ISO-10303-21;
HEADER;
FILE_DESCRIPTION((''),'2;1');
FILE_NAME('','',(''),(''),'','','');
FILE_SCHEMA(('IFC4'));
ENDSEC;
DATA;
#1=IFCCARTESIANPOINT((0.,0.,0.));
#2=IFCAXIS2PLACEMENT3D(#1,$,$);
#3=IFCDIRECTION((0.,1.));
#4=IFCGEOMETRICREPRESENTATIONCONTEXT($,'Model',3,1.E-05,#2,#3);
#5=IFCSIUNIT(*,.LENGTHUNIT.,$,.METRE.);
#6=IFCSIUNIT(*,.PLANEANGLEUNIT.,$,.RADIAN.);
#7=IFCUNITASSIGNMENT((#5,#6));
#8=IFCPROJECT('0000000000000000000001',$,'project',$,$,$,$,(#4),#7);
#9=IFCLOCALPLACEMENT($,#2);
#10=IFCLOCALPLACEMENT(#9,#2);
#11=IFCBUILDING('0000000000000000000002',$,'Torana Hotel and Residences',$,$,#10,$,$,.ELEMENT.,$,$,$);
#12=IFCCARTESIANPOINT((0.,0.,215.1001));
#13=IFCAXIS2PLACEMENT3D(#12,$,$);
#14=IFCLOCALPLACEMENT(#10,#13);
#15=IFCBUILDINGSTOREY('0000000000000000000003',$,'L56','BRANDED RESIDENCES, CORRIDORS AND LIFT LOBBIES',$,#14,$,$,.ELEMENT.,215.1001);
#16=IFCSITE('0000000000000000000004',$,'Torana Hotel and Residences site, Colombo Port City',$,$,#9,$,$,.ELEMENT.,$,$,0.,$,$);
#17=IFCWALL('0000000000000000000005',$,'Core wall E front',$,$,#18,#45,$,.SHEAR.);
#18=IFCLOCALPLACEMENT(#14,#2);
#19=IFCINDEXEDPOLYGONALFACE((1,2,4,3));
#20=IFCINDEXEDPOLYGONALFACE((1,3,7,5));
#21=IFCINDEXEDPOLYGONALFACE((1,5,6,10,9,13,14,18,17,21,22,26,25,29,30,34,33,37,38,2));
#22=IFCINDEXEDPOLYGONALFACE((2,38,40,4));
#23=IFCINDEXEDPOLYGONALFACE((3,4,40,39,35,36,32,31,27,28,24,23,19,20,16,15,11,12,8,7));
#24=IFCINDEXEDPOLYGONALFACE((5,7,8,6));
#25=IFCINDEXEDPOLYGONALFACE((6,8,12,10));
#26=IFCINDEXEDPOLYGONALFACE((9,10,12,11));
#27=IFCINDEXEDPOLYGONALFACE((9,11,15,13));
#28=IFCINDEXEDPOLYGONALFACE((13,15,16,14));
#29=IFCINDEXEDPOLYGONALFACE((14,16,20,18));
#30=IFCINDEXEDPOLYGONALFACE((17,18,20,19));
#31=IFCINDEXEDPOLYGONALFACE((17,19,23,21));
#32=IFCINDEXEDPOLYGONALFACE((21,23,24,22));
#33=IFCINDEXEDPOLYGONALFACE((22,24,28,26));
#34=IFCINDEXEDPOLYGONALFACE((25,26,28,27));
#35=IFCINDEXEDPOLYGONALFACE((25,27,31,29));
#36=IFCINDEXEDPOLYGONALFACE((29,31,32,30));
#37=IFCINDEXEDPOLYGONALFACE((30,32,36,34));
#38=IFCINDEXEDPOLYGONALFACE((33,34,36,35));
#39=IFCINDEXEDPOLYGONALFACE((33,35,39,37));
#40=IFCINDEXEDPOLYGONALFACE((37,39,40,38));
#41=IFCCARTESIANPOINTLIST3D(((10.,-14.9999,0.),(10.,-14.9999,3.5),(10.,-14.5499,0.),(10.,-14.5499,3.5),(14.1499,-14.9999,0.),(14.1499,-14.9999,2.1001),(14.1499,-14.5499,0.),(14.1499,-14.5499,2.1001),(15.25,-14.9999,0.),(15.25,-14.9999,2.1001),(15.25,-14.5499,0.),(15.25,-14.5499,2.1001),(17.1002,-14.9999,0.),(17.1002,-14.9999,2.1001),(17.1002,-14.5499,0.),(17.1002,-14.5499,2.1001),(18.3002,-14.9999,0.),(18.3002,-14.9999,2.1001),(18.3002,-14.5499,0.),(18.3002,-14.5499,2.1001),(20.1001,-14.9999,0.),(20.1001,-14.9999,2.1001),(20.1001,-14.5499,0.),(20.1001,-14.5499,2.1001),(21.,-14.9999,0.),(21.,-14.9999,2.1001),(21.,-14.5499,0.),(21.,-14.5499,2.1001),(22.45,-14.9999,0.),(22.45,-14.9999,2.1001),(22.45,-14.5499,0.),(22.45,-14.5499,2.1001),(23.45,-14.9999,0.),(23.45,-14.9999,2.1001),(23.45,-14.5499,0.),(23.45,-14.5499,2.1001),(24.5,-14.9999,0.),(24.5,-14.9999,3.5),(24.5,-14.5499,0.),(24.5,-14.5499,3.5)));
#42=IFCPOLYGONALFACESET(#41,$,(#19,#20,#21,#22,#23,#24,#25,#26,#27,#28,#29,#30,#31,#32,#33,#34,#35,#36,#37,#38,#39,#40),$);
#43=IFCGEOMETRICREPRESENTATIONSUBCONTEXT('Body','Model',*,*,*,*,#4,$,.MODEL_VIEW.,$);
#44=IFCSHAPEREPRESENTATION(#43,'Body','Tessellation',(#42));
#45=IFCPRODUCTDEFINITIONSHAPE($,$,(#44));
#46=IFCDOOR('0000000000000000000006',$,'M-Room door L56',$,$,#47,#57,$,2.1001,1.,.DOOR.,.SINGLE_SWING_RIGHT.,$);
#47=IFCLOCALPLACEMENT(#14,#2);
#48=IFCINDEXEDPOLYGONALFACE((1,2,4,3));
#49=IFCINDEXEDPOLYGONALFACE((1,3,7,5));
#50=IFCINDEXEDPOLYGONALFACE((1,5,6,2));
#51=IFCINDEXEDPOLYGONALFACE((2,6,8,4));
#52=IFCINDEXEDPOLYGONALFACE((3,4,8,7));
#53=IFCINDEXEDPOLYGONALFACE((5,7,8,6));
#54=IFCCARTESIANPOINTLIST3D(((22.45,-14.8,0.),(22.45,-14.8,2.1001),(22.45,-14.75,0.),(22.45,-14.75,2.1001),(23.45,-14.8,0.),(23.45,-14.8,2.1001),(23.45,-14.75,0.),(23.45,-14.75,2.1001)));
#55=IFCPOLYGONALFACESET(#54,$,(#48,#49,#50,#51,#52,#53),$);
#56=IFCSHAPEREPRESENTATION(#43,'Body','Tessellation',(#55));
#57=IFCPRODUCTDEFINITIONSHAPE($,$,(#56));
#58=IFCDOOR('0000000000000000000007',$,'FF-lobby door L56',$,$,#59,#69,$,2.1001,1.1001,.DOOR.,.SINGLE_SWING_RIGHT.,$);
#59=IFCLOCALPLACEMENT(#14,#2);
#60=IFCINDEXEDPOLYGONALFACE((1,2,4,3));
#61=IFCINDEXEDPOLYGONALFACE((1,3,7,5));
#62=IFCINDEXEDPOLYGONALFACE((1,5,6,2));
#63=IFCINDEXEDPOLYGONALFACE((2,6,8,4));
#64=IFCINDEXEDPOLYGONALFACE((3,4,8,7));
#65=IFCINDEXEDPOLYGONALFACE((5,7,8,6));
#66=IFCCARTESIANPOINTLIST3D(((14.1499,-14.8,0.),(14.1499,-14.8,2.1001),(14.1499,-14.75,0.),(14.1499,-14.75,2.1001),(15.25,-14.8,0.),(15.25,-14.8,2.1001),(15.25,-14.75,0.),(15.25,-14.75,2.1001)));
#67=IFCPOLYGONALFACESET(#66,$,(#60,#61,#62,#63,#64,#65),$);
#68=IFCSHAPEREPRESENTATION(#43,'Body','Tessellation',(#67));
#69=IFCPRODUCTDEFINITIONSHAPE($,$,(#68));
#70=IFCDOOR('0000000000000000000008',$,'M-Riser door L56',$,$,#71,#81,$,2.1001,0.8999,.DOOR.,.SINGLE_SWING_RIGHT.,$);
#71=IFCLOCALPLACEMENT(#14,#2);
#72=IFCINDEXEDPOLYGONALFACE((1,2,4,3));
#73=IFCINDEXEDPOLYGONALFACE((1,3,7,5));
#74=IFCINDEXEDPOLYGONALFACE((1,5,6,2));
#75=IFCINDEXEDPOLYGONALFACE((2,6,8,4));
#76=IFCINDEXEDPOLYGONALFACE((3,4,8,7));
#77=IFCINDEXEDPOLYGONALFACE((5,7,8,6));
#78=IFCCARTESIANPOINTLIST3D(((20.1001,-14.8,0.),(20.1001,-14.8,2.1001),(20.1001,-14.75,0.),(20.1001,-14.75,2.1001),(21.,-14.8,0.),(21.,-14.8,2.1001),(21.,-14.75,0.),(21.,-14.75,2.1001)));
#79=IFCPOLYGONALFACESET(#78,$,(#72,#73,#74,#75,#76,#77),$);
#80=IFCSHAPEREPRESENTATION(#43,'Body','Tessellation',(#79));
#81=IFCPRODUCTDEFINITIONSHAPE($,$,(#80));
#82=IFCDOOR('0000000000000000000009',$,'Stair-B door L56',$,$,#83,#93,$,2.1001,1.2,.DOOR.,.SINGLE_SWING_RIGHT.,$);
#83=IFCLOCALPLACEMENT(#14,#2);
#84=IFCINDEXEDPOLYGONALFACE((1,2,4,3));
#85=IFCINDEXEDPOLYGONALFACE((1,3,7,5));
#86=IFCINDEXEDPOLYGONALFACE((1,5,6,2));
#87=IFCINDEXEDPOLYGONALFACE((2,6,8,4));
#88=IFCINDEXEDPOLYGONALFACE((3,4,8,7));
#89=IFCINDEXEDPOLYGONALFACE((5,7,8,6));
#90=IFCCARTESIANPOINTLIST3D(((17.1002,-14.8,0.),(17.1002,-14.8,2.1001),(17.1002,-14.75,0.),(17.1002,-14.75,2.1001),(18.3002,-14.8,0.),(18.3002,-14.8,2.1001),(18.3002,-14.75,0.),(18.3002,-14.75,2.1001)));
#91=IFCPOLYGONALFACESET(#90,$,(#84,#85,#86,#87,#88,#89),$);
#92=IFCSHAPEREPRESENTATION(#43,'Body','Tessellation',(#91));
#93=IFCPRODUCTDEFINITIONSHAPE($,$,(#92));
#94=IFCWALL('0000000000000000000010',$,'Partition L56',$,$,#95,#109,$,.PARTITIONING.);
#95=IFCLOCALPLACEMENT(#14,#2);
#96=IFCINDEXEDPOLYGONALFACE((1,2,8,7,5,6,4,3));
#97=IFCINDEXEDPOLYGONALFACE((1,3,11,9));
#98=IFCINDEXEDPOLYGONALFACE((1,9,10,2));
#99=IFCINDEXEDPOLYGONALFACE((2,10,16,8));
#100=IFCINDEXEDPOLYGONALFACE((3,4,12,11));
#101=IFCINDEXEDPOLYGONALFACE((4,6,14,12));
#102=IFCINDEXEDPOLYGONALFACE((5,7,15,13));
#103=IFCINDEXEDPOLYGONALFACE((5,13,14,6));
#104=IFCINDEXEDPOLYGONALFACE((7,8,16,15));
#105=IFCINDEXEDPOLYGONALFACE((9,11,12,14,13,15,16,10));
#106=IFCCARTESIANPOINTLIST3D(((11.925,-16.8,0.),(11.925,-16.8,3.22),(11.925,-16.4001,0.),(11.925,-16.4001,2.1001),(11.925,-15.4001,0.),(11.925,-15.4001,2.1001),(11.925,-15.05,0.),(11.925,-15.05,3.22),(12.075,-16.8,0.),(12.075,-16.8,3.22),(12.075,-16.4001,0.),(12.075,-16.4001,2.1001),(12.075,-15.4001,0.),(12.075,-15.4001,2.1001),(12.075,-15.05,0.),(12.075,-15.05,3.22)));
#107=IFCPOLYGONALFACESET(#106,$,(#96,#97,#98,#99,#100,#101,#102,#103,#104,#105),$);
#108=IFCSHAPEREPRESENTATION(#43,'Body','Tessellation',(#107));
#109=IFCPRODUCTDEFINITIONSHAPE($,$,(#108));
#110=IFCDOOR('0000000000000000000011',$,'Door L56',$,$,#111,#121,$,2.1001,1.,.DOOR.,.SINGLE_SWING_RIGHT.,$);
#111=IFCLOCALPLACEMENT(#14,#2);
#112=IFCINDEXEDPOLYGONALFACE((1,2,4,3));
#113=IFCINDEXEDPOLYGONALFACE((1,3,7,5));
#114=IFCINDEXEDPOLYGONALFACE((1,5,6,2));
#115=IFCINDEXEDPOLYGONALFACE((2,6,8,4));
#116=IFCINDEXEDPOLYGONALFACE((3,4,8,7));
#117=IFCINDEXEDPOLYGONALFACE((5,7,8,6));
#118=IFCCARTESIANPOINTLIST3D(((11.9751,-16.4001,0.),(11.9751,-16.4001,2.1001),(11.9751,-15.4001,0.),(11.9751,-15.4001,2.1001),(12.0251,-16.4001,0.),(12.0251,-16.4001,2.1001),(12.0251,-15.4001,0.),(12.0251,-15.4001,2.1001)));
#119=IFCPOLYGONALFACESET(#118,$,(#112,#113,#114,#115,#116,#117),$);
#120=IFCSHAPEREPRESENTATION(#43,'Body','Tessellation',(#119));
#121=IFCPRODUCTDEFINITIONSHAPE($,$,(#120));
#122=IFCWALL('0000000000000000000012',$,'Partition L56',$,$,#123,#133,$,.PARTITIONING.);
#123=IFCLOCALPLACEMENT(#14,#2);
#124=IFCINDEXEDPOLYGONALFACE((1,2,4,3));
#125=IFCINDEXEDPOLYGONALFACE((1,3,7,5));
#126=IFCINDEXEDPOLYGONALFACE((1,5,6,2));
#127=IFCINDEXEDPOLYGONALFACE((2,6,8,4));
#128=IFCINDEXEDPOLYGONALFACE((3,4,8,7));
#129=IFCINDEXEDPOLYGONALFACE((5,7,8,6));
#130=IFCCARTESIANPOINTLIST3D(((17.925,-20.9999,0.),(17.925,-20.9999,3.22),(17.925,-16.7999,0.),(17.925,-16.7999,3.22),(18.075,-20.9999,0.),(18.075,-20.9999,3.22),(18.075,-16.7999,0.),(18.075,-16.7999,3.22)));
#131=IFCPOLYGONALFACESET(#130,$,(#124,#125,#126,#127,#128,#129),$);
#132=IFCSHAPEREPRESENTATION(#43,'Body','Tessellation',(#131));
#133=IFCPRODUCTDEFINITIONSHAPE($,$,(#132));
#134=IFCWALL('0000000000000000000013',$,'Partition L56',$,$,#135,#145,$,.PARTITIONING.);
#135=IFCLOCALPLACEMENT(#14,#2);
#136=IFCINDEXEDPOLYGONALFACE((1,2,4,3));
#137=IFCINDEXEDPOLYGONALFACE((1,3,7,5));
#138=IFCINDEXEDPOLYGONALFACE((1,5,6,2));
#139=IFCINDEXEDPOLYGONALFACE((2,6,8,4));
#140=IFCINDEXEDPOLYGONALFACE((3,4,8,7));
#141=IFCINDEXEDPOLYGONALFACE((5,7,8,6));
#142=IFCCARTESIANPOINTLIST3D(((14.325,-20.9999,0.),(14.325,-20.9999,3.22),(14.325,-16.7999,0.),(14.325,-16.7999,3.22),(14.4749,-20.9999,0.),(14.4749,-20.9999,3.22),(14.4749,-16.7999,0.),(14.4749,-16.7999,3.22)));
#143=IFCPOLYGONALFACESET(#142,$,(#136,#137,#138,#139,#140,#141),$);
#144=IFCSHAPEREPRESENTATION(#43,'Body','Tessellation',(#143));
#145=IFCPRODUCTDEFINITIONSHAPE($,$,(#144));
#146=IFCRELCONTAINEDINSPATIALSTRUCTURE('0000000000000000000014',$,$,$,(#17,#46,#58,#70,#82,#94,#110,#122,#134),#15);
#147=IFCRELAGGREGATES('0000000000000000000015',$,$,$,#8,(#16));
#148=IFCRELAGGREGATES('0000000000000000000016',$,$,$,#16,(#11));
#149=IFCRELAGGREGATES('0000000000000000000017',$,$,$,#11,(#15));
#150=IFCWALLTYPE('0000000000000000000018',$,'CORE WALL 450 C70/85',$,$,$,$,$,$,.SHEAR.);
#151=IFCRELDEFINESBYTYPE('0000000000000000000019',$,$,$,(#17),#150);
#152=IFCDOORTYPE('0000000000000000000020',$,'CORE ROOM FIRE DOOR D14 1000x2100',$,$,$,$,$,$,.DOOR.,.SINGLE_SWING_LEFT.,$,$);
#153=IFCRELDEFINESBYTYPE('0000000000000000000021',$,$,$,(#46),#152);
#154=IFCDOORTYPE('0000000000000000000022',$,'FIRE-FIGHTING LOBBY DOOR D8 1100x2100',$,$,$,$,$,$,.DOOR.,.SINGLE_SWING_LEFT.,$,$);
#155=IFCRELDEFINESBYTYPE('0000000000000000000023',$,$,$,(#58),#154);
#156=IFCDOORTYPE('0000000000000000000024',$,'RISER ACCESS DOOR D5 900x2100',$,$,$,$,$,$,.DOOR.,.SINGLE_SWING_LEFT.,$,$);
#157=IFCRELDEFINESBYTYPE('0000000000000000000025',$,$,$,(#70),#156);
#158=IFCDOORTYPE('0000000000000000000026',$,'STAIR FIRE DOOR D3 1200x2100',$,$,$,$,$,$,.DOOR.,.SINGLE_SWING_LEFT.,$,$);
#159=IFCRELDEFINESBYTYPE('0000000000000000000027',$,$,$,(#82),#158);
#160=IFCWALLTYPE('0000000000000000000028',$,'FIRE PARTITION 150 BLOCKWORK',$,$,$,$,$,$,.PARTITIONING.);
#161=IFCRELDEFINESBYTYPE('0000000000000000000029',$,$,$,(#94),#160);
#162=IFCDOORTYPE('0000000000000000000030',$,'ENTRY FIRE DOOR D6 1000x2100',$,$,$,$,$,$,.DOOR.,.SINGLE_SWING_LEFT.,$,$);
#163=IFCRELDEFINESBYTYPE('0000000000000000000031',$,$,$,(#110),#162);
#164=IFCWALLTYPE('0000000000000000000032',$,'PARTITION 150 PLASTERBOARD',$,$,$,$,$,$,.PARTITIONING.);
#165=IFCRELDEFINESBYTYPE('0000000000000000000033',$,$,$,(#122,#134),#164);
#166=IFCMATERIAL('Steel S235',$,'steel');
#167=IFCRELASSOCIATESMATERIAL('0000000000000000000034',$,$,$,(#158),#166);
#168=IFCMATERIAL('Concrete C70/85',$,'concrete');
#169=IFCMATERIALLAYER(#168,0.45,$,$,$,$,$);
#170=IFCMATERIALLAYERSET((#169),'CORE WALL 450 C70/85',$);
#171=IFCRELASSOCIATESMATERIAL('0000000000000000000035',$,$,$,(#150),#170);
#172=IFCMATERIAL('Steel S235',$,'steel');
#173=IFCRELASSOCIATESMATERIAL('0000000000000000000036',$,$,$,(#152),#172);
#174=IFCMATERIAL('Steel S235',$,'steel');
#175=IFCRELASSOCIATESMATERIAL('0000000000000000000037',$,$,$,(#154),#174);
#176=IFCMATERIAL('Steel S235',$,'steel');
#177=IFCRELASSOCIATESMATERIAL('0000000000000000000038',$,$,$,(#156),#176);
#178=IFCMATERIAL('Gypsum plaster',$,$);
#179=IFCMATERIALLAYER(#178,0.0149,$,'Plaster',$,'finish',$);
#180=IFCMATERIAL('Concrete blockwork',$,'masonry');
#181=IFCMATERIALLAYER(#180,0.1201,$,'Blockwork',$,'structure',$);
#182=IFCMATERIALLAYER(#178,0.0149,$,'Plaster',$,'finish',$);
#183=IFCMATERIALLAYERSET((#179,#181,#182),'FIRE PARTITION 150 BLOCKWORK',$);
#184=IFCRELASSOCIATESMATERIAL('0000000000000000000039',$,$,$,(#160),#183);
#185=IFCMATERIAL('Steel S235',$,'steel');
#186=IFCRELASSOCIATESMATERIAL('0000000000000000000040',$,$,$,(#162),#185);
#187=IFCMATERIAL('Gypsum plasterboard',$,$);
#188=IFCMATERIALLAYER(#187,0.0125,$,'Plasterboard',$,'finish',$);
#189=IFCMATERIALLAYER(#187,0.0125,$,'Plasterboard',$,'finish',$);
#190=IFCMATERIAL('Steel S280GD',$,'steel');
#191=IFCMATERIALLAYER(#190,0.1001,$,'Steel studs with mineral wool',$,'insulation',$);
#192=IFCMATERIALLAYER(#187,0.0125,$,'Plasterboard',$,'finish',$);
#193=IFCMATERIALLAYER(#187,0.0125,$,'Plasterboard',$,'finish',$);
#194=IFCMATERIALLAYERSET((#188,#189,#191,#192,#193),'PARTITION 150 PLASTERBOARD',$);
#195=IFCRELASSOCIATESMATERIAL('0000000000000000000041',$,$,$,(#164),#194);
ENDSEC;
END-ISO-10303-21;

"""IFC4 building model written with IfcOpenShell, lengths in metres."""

from ifc_helpers import new_model, si_unit, direction, frame, frame_2d, origin, place, context, subcontext, project, spatial, rectangle, extrude, material, layer, layer_set, type_object, element, fill, save


model = new_model("IFC4")

# Units and contexts
model_context = context("Model", 3, precision=1e-05, world=origin(), true_north=direction((0.0, 1.0)))
body_context = subcontext(model_context, "Body", "Model", "MODEL_VIEW")
ifc_project = project(units=[si_unit("LENGTHUNIT", "METRE"), si_unit("PLANEANGLEUNIT", "RADIAN")], contexts=[model_context])

# Site, building, storey
site_placement = place(None, origin())
site = spatial("IfcSite", under=ifc_project, at=site_placement, Name="Torana Hotel and Residences site, Colombo Port City", CompositionType="ELEMENT", RefElevation=0.0)
building_placement = place(site_placement, origin())
building = spatial("IfcBuilding", under=site, at=building_placement, Name="Torana Hotel and Residences", CompositionType="ELEMENT")
storey_placement = place(building_placement, frame((0.0, 0.0, 215.1001)))
storey = spatial("IfcBuildingStorey", under=building, at=storey_placement, Name="L56", Description="BRANDED RESIDENCES, CORRIDORS AND LIFT LOBBIES", CompositionType="ELEMENT", Elevation=215.1001)

# Shared definitions
ifc_material_1 = material(Name="Steel S235", Category="steel")
door_type_1 = type_object("IfcDoorType", Name="STAIR FIRE DOOR D3 1200x2100", OperationType="SINGLE_SWING_LEFT", PredefinedType="DOOR", material=ifc_material_1)

# Wall, openings, doors
ifc_material_2 = material(Name="Concrete C70/85", Category="concrete")
ifc_layer_1 = layer(ifc_material_2, 0.45)
ifc_layer_set_1 = layer_set([ifc_layer_1], Name="CORE WALL 450 C70/85")
wall_type_1 = type_object("IfcWallType", Name="CORE WALL 450 C70/85", PredefinedType="SHEAR", material=ifc_layer_set_1)
wall_1_placement = place(storey_placement, frame((10.0, -14.7749, 0.0), z_axis=(0.0, 0.0, 1.0), x_axis=(1.0, 0.0, 0.0)))
wall_1 = element("IfcWall", 1, at=wall_1_placement, inside=storey, type_object=wall_type_1, Name="Core wall E front", PredefinedType="SHEAR", context=body_context, shape_type="SweptSolid", body=[
    extrude(rectangle(XDim=14.5, YDim=0.45, at=frame_2d((7.25, 0.0))), origin(), (0.0, 0.0, 1.0), 3.5),
])
opening_1_placement = place(wall_1_placement, frame((7.1001, 0.0, 0.0)))
opening_1 = element("IfcOpeningElement", 2, at=opening_1_placement, cuts=wall_1, PredefinedType="OPENING", context=body_context, shape_type="SweptSolid", body=[
    extrude(rectangle(XDim=1.2, YDim=2.1001, at=frame_2d((0.6001, 1.05))), frame((0.0, 0.2349, 0.0), z_axis=(0.0, -1.0, 0.0), x_axis=(1.0, 0.0, 0.0)), (0.0, 0.0, 1.0), 0.47),
])
opening_2_placement = place(wall_1_placement, frame((4.1499, 0.0, 0.0)))
opening_2 = element("IfcOpeningElement", 3, at=opening_2_placement, cuts=wall_1, PredefinedType="OPENING", context=body_context, shape_type="SweptSolid", body=[
    extrude(rectangle(XDim=1.1001, YDim=2.1001, at=frame_2d((0.55, 1.05))), frame((0.0, 0.2349, 0.0), z_axis=(0.0, -1.0, 0.0), x_axis=(1.0, 0.0, 0.0)), (0.0, 0.0, 1.0), 0.47),
])
opening_3_placement = place(wall_1_placement, frame((10.1001, 0.0, 0.0)))
opening_3 = element("IfcOpeningElement", 4, at=opening_3_placement, cuts=wall_1, PredefinedType="OPENING", context=body_context, shape_type="SweptSolid", body=[
    extrude(rectangle(XDim=0.8999, YDim=2.1001, at=frame_2d((0.45, 1.05))), frame((0.0, 0.2349, 0.0), z_axis=(0.0, -1.0, 0.0), x_axis=(1.0, 0.0, 0.0)), (0.0, 0.0, 1.0), 0.47),
])
opening_4_placement = place(wall_1_placement, frame((12.45, 0.0, 0.0)))
opening_4 = element("IfcOpeningElement", 5, at=opening_4_placement, cuts=wall_1, PredefinedType="OPENING", context=body_context, shape_type="SweptSolid", body=[
    extrude(rectangle(XDim=1.0, YDim=2.1001, at=frame_2d((0.5, 1.05))), frame((0.0, 0.2349, 0.0), z_axis=(0.0, -1.0, 0.0), x_axis=(1.0, 0.0, 0.0)), (0.0, 0.0, 1.0), 0.47),
])
ifc_material_3 = material(Name="Steel S235", Category="steel")
door_type_2 = type_object("IfcDoorType", Name="CORE ROOM FIRE DOOR D14 1000x2100", OperationType="SINGLE_SWING_LEFT", PredefinedType="DOOR", material=ifc_material_3)
door_1_placement = place(opening_4_placement, origin())
door_1 = element("IfcDoor", 6, at=door_1_placement, inside=storey, type_object=door_type_2, Name="M-Room door L56", OperationType="SINGLE_SWING_RIGHT", OverallHeight=2.1001, OverallWidth=1.0, PredefinedType="DOOR", context=body_context, shape_type="SweptSolid", body=[
    extrude(rectangle(XDim=1.0, YDim=2.1001, at=frame_2d((0.5, 1.05))), frame((0.0, 0.0249, 0.0), z_axis=(0.0, -1.0, 0.0), x_axis=(1.0, 0.0, 0.0)), (0.0, 0.0, 1.0), 0.05),
])
fill(opening_4, door_1)
ifc_material_4 = material(Name="Steel S235", Category="steel")
door_type_3 = type_object("IfcDoorType", Name="FIRE-FIGHTING LOBBY DOOR D8 1100x2100", OperationType="SINGLE_SWING_LEFT", PredefinedType="DOOR", material=ifc_material_4)
door_2_placement = place(opening_2_placement, origin())
door_2 = element("IfcDoor", 7, at=door_2_placement, inside=storey, type_object=door_type_3, Name="FF-lobby door L56", OperationType="SINGLE_SWING_RIGHT", OverallHeight=2.1001, OverallWidth=1.1001, PredefinedType="DOOR", context=body_context, shape_type="SweptSolid", body=[
    extrude(rectangle(XDim=1.1001, YDim=2.1001, at=frame_2d((0.55, 1.05))), frame((0.0, 0.0249, 0.0), z_axis=(0.0, -1.0, 0.0), x_axis=(1.0, 0.0, 0.0)), (0.0, 0.0, 1.0), 0.05),
])
fill(opening_2, door_2)
ifc_material_5 = material(Name="Steel S235", Category="steel")
door_type_4 = type_object("IfcDoorType", Name="RISER ACCESS DOOR D5 900x2100", OperationType="SINGLE_SWING_LEFT", PredefinedType="DOOR", material=ifc_material_5)
door_3_placement = place(opening_3_placement, origin())
door_3 = element("IfcDoor", 8, at=door_3_placement, inside=storey, type_object=door_type_4, Name="M-Riser door L56", OperationType="SINGLE_SWING_RIGHT", OverallHeight=2.1001, OverallWidth=0.8999, PredefinedType="DOOR", context=body_context, shape_type="SweptSolid", body=[
    extrude(rectangle(XDim=0.8999, YDim=2.1001, at=frame_2d((0.45, 1.05))), frame((0.0, 0.0249, 0.0), z_axis=(0.0, -1.0, 0.0), x_axis=(1.0, 0.0, 0.0)), (0.0, 0.0, 1.0), 0.05),
])
fill(opening_3, door_3)
door_4_placement = place(opening_1_placement, origin())
door_4 = element("IfcDoor", 9, at=door_4_placement, inside=storey, type_object=door_type_1, Name="Stair-B door L56", OperationType="SINGLE_SWING_RIGHT", OverallHeight=2.1001, OverallWidth=1.2, PredefinedType="DOOR", context=body_context, shape_type="SweptSolid", body=[
    extrude(rectangle(XDim=1.2, YDim=2.1001, at=frame_2d((0.6001, 1.05))), frame((0.0, 0.0249, 0.0), z_axis=(0.0, -1.0, 0.0), x_axis=(1.0, 0.0, 0.0)), (0.0, 0.0, 1.0), 0.05),
])
fill(opening_1, door_4)

# Wall, opening, door
ifc_material_6 = material(Name="Gypsum plaster")
ifc_layer_2 = layer(ifc_material_6, 0.0149, Name="Plaster", Category="finish")
ifc_material_7 = material(Name="Concrete blockwork", Category="masonry")
ifc_layer_3 = layer(ifc_material_7, 0.1201, Name="Blockwork", Category="structure")
ifc_layer_4 = layer(ifc_material_6, 0.0149, Name="Plaster", Category="finish")
ifc_layer_set_2 = layer_set([ifc_layer_2, ifc_layer_3, ifc_layer_4], Name="FIRE PARTITION 150 BLOCKWORK")
wall_type_2 = type_object("IfcWallType", Name="FIRE PARTITION 150 BLOCKWORK", PredefinedType="PARTITIONING", material=ifc_layer_set_2)
wall_2_placement = place(storey_placement, frame((12.0, -16.8, 0.0), z_axis=(0.0, 0.0, 1.0), x_axis=(0.0, 1.0, 0.0)))
wall_2 = element("IfcWall", 10, at=wall_2_placement, inside=storey, type_object=wall_type_2, Name="Partition L56", PredefinedType="PARTITIONING", context=body_context, shape_type="SweptSolid", body=[
    extrude(rectangle(XDim=1.75, YDim=0.1499, at=frame_2d((0.875, 0.0))), origin(), (0.0, 0.0, 1.0), 3.22),
])
opening_5_placement = place(wall_2_placement, frame((0.3999, 0.0, 0.0)))
opening_5 = element("IfcOpeningElement", 11, at=opening_5_placement, cuts=wall_2, PredefinedType="OPENING", context=body_context, shape_type="SweptSolid", body=[
    extrude(rectangle(XDim=1.0, YDim=2.1001, at=frame_2d((0.5, 1.05))), frame((0.0, 0.085, 0.0), z_axis=(0.0, -1.0, 0.0), x_axis=(1.0, 0.0, 0.0)), (0.0, 0.0, 1.0), 0.1699),
])
ifc_material_8 = material(Name="Steel S235", Category="steel")
door_type_5 = type_object("IfcDoorType", Name="ENTRY FIRE DOOR D6 1000x2100", OperationType="SINGLE_SWING_LEFT", PredefinedType="DOOR", material=ifc_material_8)
door_5_placement = place(opening_5_placement, origin())
door_5 = element("IfcDoor", 12, at=door_5_placement, inside=storey, type_object=door_type_5, Name="Door L56", OperationType="SINGLE_SWING_RIGHT", OverallHeight=2.1001, OverallWidth=1.0, PredefinedType="DOOR", context=body_context, shape_type="SweptSolid", body=[
    extrude(rectangle(XDim=1.0, YDim=2.1001, at=frame_2d((0.5, 1.05))), frame((0.0, 0.0249, 0.0), z_axis=(0.0, -1.0, 0.0), x_axis=(1.0, 0.0, 0.0)), (0.0, 0.0, 1.0), 0.05),
])
fill(opening_5, door_5)

# Walls
ifc_material_9 = material(Name="Gypsum plasterboard")
ifc_layer_5 = layer(ifc_material_9, 0.0125, Name="Plasterboard", Category="finish")
ifc_layer_6 = layer(ifc_material_9, 0.0125, Name="Plasterboard", Category="finish")
ifc_material_10 = material(Name="Steel S280GD", Category="steel")
ifc_layer_7 = layer(ifc_material_10, 0.1001, Name="Steel studs with mineral wool", Category="insulation")
ifc_layer_8 = layer(ifc_material_9, 0.0125, Name="Plasterboard", Category="finish")
ifc_layer_9 = layer(ifc_material_9, 0.0125, Name="Plasterboard", Category="finish")
ifc_layer_set_3 = layer_set([ifc_layer_5, ifc_layer_6, ifc_layer_7, ifc_layer_8, ifc_layer_9], Name="PARTITION 150 PLASTERBOARD")
wall_type_3 = type_object("IfcWallType", Name="PARTITION 150 PLASTERBOARD", PredefinedType="PARTITIONING", material=ifc_layer_set_3)
for number, where, z_axis, x_axis, name in (
    (13, (18.0, -21.0, 0.0), (0.0, 0.0, 1.0), (0.0, 1.0, 0.0), "Partition L56"),
    (14, (14.3999, -21.0, 0.0), (0.0, 0.0, 1.0), (0.0, 1.0, 0.0), "Partition L56"),
):
    element("IfcWall", number, at=place(storey_placement, frame(where, z_axis=z_axis, x_axis=x_axis)), inside=storey, type_object=wall_type_3, Name=name, PredefinedType="PARTITIONING", context=body_context, shape_type="SweptSolid", body=[
        extrude(rectangle(XDim=4.2, YDim=0.1499, at=frame_2d((2.1001, 0.0))), origin(), (0.0, 0.0, 1.0), 3.22),
    ])

save(model, "model.ifc")
